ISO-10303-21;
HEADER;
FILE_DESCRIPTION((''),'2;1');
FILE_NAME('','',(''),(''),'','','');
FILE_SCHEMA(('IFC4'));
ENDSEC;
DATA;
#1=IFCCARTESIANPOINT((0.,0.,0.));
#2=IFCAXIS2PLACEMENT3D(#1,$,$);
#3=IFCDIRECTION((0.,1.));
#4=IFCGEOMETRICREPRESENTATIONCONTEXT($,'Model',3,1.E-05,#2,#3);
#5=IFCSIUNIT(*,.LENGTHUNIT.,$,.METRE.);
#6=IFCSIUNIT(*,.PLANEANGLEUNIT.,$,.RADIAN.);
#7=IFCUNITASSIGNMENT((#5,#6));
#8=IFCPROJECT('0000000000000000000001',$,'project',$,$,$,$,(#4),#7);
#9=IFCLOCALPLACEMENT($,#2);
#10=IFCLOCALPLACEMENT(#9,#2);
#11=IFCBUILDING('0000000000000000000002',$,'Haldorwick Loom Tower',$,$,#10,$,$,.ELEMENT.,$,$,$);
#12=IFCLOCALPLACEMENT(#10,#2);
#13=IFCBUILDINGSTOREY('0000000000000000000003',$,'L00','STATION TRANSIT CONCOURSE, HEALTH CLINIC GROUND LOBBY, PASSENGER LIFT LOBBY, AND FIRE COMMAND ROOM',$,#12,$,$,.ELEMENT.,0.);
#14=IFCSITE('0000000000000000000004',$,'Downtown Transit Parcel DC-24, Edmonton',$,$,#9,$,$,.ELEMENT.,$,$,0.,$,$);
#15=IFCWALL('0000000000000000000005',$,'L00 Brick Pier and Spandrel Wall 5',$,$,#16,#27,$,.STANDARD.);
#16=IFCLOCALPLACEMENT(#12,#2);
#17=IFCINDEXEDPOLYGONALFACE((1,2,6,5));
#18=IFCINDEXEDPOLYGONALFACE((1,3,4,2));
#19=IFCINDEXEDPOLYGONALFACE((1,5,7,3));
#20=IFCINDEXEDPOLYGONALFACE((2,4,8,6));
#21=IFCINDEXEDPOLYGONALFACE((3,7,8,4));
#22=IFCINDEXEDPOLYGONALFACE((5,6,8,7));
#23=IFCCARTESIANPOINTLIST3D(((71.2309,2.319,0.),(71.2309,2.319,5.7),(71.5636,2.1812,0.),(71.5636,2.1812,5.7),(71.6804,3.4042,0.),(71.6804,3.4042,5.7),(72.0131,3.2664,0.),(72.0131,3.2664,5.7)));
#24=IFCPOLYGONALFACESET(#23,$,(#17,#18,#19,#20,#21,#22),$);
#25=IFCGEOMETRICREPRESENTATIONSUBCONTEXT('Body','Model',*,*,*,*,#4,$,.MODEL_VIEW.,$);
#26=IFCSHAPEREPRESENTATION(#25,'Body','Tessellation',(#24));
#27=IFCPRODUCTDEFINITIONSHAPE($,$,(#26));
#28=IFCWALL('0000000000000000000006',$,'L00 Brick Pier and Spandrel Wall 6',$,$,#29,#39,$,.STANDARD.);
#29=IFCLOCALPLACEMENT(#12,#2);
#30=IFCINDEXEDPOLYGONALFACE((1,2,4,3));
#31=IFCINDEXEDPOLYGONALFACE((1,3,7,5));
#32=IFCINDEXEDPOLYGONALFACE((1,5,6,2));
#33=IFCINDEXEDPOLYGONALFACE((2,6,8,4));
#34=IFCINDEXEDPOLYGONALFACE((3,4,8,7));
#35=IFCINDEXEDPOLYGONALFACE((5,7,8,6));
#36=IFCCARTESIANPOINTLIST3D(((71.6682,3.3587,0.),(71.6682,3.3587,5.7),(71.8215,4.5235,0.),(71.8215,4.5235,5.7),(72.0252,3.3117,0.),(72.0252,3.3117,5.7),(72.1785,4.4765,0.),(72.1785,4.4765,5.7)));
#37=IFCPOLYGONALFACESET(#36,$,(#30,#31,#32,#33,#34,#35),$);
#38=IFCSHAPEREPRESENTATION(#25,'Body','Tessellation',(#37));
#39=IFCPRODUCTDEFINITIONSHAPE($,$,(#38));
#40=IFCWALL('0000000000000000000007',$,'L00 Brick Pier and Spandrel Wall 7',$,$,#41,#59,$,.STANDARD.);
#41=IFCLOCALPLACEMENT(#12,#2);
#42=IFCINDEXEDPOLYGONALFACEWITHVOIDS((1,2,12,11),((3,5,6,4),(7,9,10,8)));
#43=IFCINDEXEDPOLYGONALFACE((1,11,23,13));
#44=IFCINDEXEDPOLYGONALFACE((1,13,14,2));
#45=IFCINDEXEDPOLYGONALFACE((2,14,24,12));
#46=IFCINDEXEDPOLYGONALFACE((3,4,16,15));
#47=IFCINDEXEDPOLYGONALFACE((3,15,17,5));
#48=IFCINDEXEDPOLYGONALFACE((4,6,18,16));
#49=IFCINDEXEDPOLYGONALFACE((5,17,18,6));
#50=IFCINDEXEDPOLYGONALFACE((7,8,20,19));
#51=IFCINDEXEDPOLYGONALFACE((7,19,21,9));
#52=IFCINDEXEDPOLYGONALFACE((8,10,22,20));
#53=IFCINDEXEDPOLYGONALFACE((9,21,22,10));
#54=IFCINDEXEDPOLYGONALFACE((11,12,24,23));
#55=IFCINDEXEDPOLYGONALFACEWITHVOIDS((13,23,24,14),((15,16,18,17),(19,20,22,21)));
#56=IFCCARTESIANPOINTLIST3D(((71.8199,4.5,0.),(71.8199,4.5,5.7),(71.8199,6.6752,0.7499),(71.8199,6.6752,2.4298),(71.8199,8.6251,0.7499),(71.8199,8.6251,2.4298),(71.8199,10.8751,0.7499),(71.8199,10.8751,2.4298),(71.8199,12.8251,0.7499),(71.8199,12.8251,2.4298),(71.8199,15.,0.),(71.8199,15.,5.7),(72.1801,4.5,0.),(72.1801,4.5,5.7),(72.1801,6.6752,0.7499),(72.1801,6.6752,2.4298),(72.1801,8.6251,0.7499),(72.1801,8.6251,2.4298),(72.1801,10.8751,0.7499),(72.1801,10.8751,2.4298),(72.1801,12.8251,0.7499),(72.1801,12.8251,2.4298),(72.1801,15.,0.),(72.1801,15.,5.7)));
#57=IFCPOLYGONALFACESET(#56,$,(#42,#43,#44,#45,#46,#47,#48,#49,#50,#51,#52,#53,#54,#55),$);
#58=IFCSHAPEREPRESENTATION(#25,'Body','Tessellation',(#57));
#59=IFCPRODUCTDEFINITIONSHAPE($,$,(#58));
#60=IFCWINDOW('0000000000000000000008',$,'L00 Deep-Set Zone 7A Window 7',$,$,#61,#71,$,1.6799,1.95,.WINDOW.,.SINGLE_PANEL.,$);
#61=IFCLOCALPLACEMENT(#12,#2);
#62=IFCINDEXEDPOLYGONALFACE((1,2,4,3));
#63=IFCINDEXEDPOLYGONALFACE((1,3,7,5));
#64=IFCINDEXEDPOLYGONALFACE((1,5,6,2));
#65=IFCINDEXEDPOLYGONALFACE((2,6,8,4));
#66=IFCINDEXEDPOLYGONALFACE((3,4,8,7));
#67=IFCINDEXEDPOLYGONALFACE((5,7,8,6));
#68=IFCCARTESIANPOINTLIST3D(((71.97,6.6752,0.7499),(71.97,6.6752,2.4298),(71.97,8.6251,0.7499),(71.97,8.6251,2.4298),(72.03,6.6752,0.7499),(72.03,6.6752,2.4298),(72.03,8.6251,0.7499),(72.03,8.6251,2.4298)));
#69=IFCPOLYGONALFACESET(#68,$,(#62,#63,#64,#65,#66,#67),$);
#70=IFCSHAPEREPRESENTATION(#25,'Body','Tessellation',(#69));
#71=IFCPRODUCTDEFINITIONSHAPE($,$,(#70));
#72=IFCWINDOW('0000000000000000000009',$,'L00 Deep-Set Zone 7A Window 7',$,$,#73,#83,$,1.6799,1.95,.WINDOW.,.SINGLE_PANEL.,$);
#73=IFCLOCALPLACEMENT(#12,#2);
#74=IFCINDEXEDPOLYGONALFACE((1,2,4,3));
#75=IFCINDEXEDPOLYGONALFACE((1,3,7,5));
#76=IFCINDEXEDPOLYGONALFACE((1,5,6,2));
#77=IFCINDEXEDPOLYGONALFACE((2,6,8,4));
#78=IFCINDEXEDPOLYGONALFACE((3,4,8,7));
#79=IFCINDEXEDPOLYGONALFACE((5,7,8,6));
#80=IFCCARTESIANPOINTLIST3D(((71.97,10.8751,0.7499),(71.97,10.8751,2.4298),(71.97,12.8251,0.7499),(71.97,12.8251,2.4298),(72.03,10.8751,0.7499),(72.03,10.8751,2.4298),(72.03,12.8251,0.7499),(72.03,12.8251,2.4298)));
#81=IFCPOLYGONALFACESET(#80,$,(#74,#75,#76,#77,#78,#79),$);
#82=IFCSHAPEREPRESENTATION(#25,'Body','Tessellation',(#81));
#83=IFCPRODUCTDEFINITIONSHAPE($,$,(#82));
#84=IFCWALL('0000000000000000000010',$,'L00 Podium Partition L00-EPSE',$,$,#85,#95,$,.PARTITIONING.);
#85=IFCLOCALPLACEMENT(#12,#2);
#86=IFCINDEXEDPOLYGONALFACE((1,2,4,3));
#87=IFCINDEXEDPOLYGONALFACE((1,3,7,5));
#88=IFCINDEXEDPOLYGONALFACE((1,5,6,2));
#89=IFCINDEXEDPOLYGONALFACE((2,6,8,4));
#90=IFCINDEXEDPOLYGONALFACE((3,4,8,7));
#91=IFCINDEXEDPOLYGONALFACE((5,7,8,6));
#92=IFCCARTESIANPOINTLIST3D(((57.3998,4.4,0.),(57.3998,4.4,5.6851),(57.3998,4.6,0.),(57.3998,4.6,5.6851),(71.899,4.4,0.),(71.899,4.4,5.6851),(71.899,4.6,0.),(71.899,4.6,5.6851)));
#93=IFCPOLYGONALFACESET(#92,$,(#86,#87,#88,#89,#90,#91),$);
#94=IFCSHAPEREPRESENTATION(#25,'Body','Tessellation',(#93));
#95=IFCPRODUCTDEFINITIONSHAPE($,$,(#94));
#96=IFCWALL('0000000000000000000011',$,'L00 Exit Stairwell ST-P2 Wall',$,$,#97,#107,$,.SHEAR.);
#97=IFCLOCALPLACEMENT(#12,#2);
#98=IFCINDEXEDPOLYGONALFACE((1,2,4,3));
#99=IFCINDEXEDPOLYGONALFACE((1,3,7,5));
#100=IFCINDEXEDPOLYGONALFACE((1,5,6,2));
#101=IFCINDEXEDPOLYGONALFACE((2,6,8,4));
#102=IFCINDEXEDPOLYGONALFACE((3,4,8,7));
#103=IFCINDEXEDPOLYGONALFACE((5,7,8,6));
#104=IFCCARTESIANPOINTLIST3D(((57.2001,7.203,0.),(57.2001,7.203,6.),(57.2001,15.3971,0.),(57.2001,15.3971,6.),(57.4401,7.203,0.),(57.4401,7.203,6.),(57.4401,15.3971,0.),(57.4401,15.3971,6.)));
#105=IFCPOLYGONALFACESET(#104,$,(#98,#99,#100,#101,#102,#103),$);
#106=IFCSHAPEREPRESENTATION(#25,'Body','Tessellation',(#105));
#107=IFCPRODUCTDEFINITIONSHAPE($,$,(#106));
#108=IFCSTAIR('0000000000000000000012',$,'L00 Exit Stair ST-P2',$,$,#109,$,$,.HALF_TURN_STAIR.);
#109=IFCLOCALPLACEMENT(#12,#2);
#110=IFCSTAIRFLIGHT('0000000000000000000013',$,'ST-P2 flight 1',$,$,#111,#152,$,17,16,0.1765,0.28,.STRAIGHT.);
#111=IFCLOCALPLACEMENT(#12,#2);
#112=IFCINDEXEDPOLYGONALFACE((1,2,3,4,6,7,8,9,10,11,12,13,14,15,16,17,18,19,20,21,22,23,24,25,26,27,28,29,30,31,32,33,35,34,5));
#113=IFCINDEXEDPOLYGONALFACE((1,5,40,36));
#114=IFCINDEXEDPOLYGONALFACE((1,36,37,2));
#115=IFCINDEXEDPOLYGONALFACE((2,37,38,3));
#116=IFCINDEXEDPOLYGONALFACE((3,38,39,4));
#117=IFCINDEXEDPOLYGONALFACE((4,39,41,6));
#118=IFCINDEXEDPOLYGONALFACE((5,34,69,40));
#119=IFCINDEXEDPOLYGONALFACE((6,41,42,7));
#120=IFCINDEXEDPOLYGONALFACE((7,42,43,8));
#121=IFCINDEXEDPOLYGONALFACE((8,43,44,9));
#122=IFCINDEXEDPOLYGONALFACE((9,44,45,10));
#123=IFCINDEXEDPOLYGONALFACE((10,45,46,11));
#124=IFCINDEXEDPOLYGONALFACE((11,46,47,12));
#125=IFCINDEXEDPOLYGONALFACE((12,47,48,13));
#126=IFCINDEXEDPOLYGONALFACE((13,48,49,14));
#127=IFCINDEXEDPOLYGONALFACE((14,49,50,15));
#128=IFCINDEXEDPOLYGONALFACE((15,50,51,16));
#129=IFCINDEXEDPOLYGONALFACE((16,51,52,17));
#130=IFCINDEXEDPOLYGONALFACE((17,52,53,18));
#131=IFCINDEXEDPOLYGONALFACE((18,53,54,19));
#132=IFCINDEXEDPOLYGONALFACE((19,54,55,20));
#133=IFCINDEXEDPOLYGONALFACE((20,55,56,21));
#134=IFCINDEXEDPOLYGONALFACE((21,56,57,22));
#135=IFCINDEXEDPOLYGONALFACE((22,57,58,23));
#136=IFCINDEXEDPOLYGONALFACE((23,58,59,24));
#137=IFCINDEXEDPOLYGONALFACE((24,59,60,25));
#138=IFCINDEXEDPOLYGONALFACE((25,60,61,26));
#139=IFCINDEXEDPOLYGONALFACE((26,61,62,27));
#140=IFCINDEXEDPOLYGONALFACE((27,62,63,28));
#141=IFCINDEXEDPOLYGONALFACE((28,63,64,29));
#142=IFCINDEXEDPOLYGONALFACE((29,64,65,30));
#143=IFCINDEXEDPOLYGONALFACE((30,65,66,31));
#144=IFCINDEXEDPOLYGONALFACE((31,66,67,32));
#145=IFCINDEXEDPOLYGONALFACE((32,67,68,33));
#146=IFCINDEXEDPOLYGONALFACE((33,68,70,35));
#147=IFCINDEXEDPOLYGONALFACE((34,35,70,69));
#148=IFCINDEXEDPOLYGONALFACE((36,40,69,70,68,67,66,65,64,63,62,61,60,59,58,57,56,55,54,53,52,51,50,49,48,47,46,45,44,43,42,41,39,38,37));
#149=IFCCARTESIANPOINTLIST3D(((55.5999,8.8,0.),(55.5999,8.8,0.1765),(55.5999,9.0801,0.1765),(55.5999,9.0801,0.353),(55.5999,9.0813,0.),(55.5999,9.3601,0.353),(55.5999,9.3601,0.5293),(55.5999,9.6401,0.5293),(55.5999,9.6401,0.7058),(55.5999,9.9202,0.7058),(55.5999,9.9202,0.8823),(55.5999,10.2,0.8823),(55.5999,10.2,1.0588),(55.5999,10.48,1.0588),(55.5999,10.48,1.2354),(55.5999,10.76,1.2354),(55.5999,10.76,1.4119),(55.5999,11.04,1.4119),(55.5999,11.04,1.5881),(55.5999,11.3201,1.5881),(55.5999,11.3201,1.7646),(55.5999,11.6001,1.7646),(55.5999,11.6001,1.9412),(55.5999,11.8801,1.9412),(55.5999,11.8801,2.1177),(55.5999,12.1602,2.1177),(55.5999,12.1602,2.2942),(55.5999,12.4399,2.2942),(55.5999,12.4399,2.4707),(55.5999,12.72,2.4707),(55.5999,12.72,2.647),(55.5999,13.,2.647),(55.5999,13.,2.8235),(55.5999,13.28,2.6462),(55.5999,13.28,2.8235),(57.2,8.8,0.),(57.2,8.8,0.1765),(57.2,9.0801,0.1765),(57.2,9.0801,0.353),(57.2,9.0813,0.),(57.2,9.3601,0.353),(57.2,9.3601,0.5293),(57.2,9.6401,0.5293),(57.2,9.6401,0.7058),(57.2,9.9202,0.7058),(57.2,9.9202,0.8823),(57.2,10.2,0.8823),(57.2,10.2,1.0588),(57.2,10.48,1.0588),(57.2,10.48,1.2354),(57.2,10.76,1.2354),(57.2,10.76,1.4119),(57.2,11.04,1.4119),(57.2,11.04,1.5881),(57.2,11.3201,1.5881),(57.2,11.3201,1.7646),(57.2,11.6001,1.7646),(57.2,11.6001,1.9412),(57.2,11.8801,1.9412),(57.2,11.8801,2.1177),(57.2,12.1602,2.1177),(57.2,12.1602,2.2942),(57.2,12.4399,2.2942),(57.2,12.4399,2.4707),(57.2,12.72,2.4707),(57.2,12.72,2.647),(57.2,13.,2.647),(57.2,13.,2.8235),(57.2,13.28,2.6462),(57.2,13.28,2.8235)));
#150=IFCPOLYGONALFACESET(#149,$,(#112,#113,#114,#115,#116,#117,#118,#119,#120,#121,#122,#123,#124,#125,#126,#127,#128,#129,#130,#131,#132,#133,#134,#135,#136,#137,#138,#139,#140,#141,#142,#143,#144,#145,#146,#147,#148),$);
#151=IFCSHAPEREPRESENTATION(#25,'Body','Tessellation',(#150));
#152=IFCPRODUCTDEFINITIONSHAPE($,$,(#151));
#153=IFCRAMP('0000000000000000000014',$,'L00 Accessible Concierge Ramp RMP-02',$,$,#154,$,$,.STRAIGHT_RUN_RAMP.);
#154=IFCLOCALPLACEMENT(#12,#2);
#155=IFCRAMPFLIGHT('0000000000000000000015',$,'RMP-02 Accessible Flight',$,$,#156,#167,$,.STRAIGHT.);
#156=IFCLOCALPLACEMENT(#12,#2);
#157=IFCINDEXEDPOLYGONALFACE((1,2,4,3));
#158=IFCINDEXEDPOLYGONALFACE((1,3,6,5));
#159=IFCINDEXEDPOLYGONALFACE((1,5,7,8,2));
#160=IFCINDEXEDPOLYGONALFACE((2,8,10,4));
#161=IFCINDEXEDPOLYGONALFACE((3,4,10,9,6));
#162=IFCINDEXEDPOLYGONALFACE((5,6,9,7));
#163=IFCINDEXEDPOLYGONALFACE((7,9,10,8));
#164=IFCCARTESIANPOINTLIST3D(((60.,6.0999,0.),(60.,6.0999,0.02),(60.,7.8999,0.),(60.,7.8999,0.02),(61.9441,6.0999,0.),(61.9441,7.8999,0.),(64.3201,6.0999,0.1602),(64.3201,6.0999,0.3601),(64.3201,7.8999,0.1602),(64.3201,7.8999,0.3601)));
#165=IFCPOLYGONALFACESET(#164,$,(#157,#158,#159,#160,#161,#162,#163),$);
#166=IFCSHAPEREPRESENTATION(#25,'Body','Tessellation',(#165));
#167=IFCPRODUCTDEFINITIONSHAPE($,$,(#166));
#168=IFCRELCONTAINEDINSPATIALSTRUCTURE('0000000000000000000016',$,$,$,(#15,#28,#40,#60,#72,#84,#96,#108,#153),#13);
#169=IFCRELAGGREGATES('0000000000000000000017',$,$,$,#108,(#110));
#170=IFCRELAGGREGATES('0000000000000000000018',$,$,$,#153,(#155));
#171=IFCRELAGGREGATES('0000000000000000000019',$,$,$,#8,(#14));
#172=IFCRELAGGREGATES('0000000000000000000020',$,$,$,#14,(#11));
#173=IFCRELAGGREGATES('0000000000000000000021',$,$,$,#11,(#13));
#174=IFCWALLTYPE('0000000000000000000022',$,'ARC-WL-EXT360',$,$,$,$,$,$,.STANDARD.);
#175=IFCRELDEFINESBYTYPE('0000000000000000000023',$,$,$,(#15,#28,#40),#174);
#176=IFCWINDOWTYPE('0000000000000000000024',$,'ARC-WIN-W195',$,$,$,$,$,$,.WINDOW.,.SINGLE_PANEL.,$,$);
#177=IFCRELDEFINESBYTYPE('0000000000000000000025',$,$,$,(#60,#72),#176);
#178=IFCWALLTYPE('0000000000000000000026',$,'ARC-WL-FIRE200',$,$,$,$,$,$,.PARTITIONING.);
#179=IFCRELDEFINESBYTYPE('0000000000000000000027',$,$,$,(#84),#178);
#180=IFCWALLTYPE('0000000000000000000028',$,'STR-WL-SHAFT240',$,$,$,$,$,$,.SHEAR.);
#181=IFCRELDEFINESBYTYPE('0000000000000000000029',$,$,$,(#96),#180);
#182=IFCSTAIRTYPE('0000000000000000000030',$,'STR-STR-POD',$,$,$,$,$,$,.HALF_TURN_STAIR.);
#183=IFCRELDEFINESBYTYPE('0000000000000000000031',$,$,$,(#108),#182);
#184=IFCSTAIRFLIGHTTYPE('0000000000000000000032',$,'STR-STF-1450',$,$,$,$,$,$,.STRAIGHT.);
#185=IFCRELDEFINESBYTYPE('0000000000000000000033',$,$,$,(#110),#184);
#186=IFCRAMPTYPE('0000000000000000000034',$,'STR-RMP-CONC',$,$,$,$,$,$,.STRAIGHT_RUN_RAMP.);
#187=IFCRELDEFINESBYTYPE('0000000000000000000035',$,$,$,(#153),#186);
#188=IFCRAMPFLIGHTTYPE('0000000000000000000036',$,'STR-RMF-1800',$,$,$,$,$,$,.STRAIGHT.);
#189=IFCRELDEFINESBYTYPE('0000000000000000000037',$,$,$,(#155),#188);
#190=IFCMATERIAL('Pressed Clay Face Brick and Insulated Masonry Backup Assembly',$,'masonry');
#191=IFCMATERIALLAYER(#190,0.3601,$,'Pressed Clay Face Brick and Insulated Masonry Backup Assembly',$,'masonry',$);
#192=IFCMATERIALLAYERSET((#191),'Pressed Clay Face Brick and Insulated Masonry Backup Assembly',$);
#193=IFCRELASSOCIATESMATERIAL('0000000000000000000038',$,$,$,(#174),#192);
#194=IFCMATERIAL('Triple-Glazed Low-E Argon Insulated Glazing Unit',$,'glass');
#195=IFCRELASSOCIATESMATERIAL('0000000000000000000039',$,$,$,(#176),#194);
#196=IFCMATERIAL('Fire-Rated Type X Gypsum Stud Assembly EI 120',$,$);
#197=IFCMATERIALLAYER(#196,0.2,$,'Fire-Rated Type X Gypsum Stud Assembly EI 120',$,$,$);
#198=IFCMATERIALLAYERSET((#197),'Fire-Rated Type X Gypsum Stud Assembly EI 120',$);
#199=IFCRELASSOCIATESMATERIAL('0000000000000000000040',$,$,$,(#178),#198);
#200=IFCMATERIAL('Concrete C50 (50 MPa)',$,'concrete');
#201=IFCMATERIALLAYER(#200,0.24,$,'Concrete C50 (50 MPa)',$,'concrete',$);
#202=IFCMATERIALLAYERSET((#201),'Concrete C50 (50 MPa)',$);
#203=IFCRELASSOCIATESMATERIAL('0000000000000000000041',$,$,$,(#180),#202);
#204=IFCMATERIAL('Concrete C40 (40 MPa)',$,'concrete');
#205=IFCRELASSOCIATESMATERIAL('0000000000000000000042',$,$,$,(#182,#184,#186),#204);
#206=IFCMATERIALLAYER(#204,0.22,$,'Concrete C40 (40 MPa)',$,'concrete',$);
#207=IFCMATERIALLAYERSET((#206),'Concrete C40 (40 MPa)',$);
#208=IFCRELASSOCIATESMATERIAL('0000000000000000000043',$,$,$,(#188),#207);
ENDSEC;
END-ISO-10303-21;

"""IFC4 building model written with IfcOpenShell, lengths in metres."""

from ifc_helpers import new_model, si_unit, direction, frame, frame_2d, origin, place, context, subcontext, project, spatial, polyline, rectangle, outline, extrude, material, layer, layer_set, type_object, element, fill, aggregate, save


model = new_model("IFC4")

# Units and contexts
model_context = context("Model", 3, precision=1e-05, world=origin(), true_north=direction((0.0, 1.0)))
body_context = subcontext(model_context, "Body", "Model", "MODEL_VIEW")
ifc_project = project(units=[si_unit("LENGTHUNIT", "METRE"), si_unit("PLANEANGLEUNIT", "RADIAN")], contexts=[model_context])

# Site, building, storey
site_placement = place(None, origin())
site = spatial("IfcSite", under=ifc_project, at=site_placement, Name="Downtown Transit Parcel DC-24, Edmonton", CompositionType="ELEMENT", RefElevation=0.0)
building_placement = place(site_placement, origin())
building = spatial("IfcBuilding", under=site, at=building_placement, Name="Haldorwick Loom Tower", CompositionType="ELEMENT")
storey_placement = place(building_placement, origin())
storey = spatial("IfcBuildingStorey", under=building, at=storey_placement, Name="L00", Description="STATION TRANSIT CONCOURSE, HEALTH CLINIC GROUND LOBBY, PASSENGER LIFT LOBBY, AND FIRE COMMAND ROOM", CompositionType="ELEMENT", Elevation=0.0)

# Walls
ifc_material_1 = material(Name="Pressed Clay Face Brick and Insulated Masonry Backup Assembly", Category="masonry")
ifc_layer_1 = layer(ifc_material_1, 0.3601, Name="Pressed Clay Face Brick and Insulated Masonry Backup Assembly", Category="masonry")
ifc_layer_set_1 = layer_set([ifc_layer_1], Name="Pressed Clay Face Brick and Insulated Masonry Backup Assembly")
wall_type_1 = type_object("IfcWallType", Name="ARC-WL-EXT360", PredefinedType="STANDARD", material=ifc_layer_set_1)
wall_1_placement = place(storey_placement, frame((71.3972, 2.25, 0.0), z_axis=(0.0, 0.0, 1.0), x_axis=(0.382652, 0.923893, 0.0)))
element("IfcWall", 1, at=wall_1_placement, inside=storey, type_object=wall_type_1, Name="L00 Brick Pier and Spandrel Wall 5", PredefinedType="STANDARD", context=body_context, shape_type="SweptSolid", body=[
    extrude(rectangle(XDim=1.1746, YDim=0.3601, at=frame_2d((0.5874, 0.0))), origin(), (0.0, 0.0, 1.0), 5.7),
])
wall_2_placement = place(storey_placement, frame((71.8467, 3.3352, 0.0), z_axis=(0.0, 0.0, 1.0), x_axis=(0.130503, 0.991448, 0.0)))
element("IfcWall", 2, at=wall_2_placement, inside=storey, type_object=wall_type_1, Name="L00 Brick Pier and Spandrel Wall 6", PredefinedType="STANDARD", context=body_context, shape_type="SweptSolid", body=[
    extrude(rectangle(XDim=1.1748, YDim=0.3601, at=frame_2d((0.5874, 0.0))), origin(), (0.0, 0.0, 1.0), 5.7),
])

# Wall, openings, windows
wall_3_placement = place(storey_placement, frame((72.0, 4.5, 0.0), z_axis=(0.0, 0.0, 1.0), x_axis=(0.0, 1.0, 0.0)))
wall_3 = element("IfcWall", 3, at=wall_3_placement, inside=storey, type_object=wall_type_1, Name="L00 Brick Pier and Spandrel Wall 7", PredefinedType="STANDARD", context=body_context, shape_type="SweptSolid", body=[
    extrude(rectangle(XDim=10.5, YDim=0.3601, at=frame_2d((5.25, 0.0))), origin(), (0.0, 0.0, 1.0), 5.7),
])
opening_1_placement = place(wall_3_placement, frame((2.175, 0.0, 0.75)))
opening_1 = element("IfcOpeningElement", 4, at=opening_1_placement, cuts=wall_3, PredefinedType="OPENING", context=body_context, shape_type="SweptSolid", body=[
    extrude(rectangle(XDim=1.95, YDim=1.6799, at=frame_2d((0.9751, 0.8398))), frame((0.0, 0.1899, 0.0), z_axis=(0.0, -1.0, 0.0), x_axis=(1.0, 0.0, 0.0)), (0.0, 0.0, 1.0), 0.3801),
])
opening_2_placement = place(wall_3_placement, frame((6.375, 0.0, 0.75)))
opening_2 = element("IfcOpeningElement", 5, at=opening_2_placement, cuts=wall_3, PredefinedType="OPENING", context=body_context, shape_type="SweptSolid", body=[
    extrude(rectangle(XDim=1.95, YDim=1.6799, at=frame_2d((0.9751, 0.8398))), frame((0.0, 0.1899, 0.0), z_axis=(0.0, -1.0, 0.0), x_axis=(1.0, 0.0, 0.0)), (0.0, 0.0, 1.0), 0.3801),
])
ifc_material_2 = material(Name="Triple-Glazed Low-E Argon Insulated Glazing Unit", Category="glass")
window_type = type_object("IfcWindowType", Name="ARC-WIN-W195", PartitioningType="SINGLE_PANEL", PredefinedType="WINDOW", material=ifc_material_2)
window_1_placement = place(opening_1_placement, origin())
window_1 = element("IfcWindow", 6, at=window_1_placement, inside=storey, type_object=window_type, Name="L00 Deep-Set Zone 7A Window 7", OverallHeight=1.6799, OverallWidth=1.95, PartitioningType="SINGLE_PANEL", PredefinedType="WINDOW", context=body_context, shape_type="SweptSolid", body=[
    extrude(rectangle(XDim=1.95, YDim=1.6799, at=frame_2d((0.9751, 0.8398))), frame((0.0, 0.03, 0.0), z_axis=(0.0, -1.0, 0.0), x_axis=(1.0, 0.0, 0.0)), (0.0, 0.0, 1.0), 0.0601),
])
fill(opening_1, window_1)
window_2_placement = place(opening_2_placement, origin())
window_2 = element("IfcWindow", 7, at=window_2_placement, inside=storey, type_object=window_type, Name="L00 Deep-Set Zone 7A Window 7", OverallHeight=1.6799, OverallWidth=1.95, PartitioningType="SINGLE_PANEL", PredefinedType="WINDOW", context=body_context, shape_type="SweptSolid", body=[
    extrude(rectangle(XDim=1.95, YDim=1.6799, at=frame_2d((0.9751, 0.8398))), frame((0.0, 0.03, 0.0), z_axis=(0.0, -1.0, 0.0), x_axis=(1.0, 0.0, 0.0)), (0.0, 0.0, 1.0), 0.0601),
])
fill(opening_2, window_2)

# Walls
ifc_material_3 = material(Name="Fire-Rated Type X Gypsum Stud Assembly EI 120")
ifc_layer_2 = layer(ifc_material_3, 0.2, Name="Fire-Rated Type X Gypsum Stud Assembly EI 120")
ifc_layer_set_2 = layer_set([ifc_layer_2], Name="Fire-Rated Type X Gypsum Stud Assembly EI 120")
wall_type_2 = type_object("IfcWallType", Name="ARC-WL-FIRE200", PredefinedType="PARTITIONING", material=ifc_layer_set_2)
wall_4_placement = place(storey_placement, frame((57.3999, 4.5, 0.0), z_axis=(0.0, 0.0, 1.0), x_axis=(1.0, 0.0, 0.0)))
element("IfcWall", 8, at=wall_4_placement, inside=storey, type_object=wall_type_2, Name="L00 Podium Partition L00-EPSE", PredefinedType="PARTITIONING", context=body_context, shape_type="SweptSolid", body=[
    extrude(rectangle(XDim=14.4993, YDim=0.2, at=frame_2d((7.2495, 0.0))), origin(), (0.0, 0.0, 1.0), 5.6851),
])
ifc_material_4 = material(Name="Concrete C50 (50 MPa)", Category="concrete")
ifc_layer_3 = layer(ifc_material_4, 0.24, Name="Concrete C50 (50 MPa)", Category="concrete")
ifc_layer_set_3 = layer_set([ifc_layer_3], Name="Concrete C50 (50 MPa)")
wall_type_3 = type_object("IfcWallType", Name="STR-WL-SHAFT240", PredefinedType="SHEAR", material=ifc_layer_set_3)
wall_5_placement = place(storey_placement, frame((57.3201, 7.2029, 0.0), z_axis=(0.0, 0.0, 1.0), x_axis=(0.0, 1.0, 0.0)))
element("IfcWall", 9, at=wall_5_placement, inside=storey, type_object=wall_type_3, Name="L00 Exit Stairwell ST-P2 Wall", PredefinedType="SHEAR", context=body_context, shape_type="SweptSolid", body=[
    extrude(rectangle(XDim=8.1941, YDim=0.24, at=frame_2d((4.0972, 0.0))), origin(), (0.0, 0.0, 1.0), 6.0),
])

# Stair, stair flight
ifc_material_5 = material(Name="Concrete C40 (40 MPa)", Category="concrete")
stair_type = type_object("IfcStairType", Name="STR-STR-POD", PredefinedType="HALF_TURN_STAIR", material=ifc_material_5)
stair_placement = place(storey_placement, origin())
stair = element("IfcStair", 10, at=stair_placement, inside=storey, type_object=stair_type, Name="L00 Exit Stair ST-P2", PredefinedType="HALF_TURN_STAIR")
stair_flight_type = type_object("IfcStairFlightType", Name="STR-STF-1450", PredefinedType="STRAIGHT", material=ifc_material_5)
stair_flight_placement = place(storey_placement, frame((56.3999, 8.8, 0.0), z_axis=(0.0, 0.0, 1.0), x_axis=(0.0, 1.0, 0.0)))
stair_flight = element("IfcStairFlight", 11, at=stair_flight_placement, type_object=stair_flight_type, Name="ST-P2 flight 1", NumberOfRisers=17, NumberOfTreads=16, PredefinedType="STRAIGHT", RiserHeight=0.1765, TreadLength=0.28, context=body_context, shape_type="SweptSolid", body=[
    extrude(outline(polyline([(0.0, 0.0), (0.0, 0.1765), (0.28, 0.1765), (0.28, 0.353), (0.5601, 0.353), (0.5601, 0.5293), (0.8401, 0.5293), (0.8401, 0.7058), (1.1201, 0.7058), (1.1201, 0.8823), (1.3999, 0.8823), (1.3999, 1.0588), (1.6799, 1.0588), (1.6799, 1.2354), (1.96, 1.2354), (1.96, 1.4119), (2.24, 1.4119), (2.24, 1.5881), (2.52, 1.5881), (2.52, 1.7646), (2.8, 1.7646), (2.8, 1.9412), (3.0801, 1.9412), (3.0801, 2.1177), (3.3601, 2.1177), (3.3601, 2.2942), (3.6399, 2.2942), (3.6399, 2.4707), (3.9199, 2.4707), (3.9199, 2.647), (4.2, 2.647), (4.2, 2.8235), (4.48, 2.8235), (4.48, 3.0), (4.48, 2.6462), (0.2812, 0.0), (0.0, 0.0)])), frame((0.0, 0.8, 0.0), z_axis=(0.0, -1.0, 0.0), x_axis=(1.0, 0.0, 0.0)), (0.0, 0.0, 1.0), 1.6001),
])
aggregate(stair, [stair_flight])

# Ramp, ramp flight
ramp_type = type_object("IfcRampType", Name="STR-RMP-CONC", PredefinedType="STRAIGHT_RUN_RAMP", material=ifc_material_5)
ramp_placement = place(storey_placement, origin())
ramp = element("IfcRamp", 12, at=ramp_placement, inside=storey, type_object=ramp_type, Name="L00 Accessible Concierge Ramp RMP-02", PredefinedType="STRAIGHT_RUN_RAMP")
ifc_layer_4 = layer(ifc_material_5, 0.22, Name="Concrete C40 (40 MPa)", Category="concrete")
ifc_layer_set_4 = layer_set([ifc_layer_4], Name="Concrete C40 (40 MPa)")
ramp_flight_type = type_object("IfcRampFlightType", Name="STR-RMF-1800", PredefinedType="STRAIGHT", material=ifc_layer_set_4)
ramp_flight_placement = place(storey_placement, frame((60.0, 7.0, 0.0), z_axis=(0.0, 0.0, 1.0), x_axis=(1.0, 0.0, 0.0)))
ramp_flight = element("IfcRampFlight", 13, at=ramp_flight_placement, type_object=ramp_flight_type, Name="RMP-02 Accessible Flight", PredefinedType="STRAIGHT", context=body_context, shape_type="SweptSolid", body=[
    extrude(outline(polyline([(0.0, 0.0), (0.0, 0.02), (4.3201, 0.3601), (4.3201, 0.1602), (1.9441, 0.0), (0.0, 0.0)])), frame((0.0, 0.8999, 0.0), z_axis=(0.0, -1.0, 0.0), x_axis=(1.0, 0.0, 0.0)), (0.0, 0.0, 1.0), 1.8),
])
aggregate(ramp, [ramp_flight])

save(model, "model.ifc")
